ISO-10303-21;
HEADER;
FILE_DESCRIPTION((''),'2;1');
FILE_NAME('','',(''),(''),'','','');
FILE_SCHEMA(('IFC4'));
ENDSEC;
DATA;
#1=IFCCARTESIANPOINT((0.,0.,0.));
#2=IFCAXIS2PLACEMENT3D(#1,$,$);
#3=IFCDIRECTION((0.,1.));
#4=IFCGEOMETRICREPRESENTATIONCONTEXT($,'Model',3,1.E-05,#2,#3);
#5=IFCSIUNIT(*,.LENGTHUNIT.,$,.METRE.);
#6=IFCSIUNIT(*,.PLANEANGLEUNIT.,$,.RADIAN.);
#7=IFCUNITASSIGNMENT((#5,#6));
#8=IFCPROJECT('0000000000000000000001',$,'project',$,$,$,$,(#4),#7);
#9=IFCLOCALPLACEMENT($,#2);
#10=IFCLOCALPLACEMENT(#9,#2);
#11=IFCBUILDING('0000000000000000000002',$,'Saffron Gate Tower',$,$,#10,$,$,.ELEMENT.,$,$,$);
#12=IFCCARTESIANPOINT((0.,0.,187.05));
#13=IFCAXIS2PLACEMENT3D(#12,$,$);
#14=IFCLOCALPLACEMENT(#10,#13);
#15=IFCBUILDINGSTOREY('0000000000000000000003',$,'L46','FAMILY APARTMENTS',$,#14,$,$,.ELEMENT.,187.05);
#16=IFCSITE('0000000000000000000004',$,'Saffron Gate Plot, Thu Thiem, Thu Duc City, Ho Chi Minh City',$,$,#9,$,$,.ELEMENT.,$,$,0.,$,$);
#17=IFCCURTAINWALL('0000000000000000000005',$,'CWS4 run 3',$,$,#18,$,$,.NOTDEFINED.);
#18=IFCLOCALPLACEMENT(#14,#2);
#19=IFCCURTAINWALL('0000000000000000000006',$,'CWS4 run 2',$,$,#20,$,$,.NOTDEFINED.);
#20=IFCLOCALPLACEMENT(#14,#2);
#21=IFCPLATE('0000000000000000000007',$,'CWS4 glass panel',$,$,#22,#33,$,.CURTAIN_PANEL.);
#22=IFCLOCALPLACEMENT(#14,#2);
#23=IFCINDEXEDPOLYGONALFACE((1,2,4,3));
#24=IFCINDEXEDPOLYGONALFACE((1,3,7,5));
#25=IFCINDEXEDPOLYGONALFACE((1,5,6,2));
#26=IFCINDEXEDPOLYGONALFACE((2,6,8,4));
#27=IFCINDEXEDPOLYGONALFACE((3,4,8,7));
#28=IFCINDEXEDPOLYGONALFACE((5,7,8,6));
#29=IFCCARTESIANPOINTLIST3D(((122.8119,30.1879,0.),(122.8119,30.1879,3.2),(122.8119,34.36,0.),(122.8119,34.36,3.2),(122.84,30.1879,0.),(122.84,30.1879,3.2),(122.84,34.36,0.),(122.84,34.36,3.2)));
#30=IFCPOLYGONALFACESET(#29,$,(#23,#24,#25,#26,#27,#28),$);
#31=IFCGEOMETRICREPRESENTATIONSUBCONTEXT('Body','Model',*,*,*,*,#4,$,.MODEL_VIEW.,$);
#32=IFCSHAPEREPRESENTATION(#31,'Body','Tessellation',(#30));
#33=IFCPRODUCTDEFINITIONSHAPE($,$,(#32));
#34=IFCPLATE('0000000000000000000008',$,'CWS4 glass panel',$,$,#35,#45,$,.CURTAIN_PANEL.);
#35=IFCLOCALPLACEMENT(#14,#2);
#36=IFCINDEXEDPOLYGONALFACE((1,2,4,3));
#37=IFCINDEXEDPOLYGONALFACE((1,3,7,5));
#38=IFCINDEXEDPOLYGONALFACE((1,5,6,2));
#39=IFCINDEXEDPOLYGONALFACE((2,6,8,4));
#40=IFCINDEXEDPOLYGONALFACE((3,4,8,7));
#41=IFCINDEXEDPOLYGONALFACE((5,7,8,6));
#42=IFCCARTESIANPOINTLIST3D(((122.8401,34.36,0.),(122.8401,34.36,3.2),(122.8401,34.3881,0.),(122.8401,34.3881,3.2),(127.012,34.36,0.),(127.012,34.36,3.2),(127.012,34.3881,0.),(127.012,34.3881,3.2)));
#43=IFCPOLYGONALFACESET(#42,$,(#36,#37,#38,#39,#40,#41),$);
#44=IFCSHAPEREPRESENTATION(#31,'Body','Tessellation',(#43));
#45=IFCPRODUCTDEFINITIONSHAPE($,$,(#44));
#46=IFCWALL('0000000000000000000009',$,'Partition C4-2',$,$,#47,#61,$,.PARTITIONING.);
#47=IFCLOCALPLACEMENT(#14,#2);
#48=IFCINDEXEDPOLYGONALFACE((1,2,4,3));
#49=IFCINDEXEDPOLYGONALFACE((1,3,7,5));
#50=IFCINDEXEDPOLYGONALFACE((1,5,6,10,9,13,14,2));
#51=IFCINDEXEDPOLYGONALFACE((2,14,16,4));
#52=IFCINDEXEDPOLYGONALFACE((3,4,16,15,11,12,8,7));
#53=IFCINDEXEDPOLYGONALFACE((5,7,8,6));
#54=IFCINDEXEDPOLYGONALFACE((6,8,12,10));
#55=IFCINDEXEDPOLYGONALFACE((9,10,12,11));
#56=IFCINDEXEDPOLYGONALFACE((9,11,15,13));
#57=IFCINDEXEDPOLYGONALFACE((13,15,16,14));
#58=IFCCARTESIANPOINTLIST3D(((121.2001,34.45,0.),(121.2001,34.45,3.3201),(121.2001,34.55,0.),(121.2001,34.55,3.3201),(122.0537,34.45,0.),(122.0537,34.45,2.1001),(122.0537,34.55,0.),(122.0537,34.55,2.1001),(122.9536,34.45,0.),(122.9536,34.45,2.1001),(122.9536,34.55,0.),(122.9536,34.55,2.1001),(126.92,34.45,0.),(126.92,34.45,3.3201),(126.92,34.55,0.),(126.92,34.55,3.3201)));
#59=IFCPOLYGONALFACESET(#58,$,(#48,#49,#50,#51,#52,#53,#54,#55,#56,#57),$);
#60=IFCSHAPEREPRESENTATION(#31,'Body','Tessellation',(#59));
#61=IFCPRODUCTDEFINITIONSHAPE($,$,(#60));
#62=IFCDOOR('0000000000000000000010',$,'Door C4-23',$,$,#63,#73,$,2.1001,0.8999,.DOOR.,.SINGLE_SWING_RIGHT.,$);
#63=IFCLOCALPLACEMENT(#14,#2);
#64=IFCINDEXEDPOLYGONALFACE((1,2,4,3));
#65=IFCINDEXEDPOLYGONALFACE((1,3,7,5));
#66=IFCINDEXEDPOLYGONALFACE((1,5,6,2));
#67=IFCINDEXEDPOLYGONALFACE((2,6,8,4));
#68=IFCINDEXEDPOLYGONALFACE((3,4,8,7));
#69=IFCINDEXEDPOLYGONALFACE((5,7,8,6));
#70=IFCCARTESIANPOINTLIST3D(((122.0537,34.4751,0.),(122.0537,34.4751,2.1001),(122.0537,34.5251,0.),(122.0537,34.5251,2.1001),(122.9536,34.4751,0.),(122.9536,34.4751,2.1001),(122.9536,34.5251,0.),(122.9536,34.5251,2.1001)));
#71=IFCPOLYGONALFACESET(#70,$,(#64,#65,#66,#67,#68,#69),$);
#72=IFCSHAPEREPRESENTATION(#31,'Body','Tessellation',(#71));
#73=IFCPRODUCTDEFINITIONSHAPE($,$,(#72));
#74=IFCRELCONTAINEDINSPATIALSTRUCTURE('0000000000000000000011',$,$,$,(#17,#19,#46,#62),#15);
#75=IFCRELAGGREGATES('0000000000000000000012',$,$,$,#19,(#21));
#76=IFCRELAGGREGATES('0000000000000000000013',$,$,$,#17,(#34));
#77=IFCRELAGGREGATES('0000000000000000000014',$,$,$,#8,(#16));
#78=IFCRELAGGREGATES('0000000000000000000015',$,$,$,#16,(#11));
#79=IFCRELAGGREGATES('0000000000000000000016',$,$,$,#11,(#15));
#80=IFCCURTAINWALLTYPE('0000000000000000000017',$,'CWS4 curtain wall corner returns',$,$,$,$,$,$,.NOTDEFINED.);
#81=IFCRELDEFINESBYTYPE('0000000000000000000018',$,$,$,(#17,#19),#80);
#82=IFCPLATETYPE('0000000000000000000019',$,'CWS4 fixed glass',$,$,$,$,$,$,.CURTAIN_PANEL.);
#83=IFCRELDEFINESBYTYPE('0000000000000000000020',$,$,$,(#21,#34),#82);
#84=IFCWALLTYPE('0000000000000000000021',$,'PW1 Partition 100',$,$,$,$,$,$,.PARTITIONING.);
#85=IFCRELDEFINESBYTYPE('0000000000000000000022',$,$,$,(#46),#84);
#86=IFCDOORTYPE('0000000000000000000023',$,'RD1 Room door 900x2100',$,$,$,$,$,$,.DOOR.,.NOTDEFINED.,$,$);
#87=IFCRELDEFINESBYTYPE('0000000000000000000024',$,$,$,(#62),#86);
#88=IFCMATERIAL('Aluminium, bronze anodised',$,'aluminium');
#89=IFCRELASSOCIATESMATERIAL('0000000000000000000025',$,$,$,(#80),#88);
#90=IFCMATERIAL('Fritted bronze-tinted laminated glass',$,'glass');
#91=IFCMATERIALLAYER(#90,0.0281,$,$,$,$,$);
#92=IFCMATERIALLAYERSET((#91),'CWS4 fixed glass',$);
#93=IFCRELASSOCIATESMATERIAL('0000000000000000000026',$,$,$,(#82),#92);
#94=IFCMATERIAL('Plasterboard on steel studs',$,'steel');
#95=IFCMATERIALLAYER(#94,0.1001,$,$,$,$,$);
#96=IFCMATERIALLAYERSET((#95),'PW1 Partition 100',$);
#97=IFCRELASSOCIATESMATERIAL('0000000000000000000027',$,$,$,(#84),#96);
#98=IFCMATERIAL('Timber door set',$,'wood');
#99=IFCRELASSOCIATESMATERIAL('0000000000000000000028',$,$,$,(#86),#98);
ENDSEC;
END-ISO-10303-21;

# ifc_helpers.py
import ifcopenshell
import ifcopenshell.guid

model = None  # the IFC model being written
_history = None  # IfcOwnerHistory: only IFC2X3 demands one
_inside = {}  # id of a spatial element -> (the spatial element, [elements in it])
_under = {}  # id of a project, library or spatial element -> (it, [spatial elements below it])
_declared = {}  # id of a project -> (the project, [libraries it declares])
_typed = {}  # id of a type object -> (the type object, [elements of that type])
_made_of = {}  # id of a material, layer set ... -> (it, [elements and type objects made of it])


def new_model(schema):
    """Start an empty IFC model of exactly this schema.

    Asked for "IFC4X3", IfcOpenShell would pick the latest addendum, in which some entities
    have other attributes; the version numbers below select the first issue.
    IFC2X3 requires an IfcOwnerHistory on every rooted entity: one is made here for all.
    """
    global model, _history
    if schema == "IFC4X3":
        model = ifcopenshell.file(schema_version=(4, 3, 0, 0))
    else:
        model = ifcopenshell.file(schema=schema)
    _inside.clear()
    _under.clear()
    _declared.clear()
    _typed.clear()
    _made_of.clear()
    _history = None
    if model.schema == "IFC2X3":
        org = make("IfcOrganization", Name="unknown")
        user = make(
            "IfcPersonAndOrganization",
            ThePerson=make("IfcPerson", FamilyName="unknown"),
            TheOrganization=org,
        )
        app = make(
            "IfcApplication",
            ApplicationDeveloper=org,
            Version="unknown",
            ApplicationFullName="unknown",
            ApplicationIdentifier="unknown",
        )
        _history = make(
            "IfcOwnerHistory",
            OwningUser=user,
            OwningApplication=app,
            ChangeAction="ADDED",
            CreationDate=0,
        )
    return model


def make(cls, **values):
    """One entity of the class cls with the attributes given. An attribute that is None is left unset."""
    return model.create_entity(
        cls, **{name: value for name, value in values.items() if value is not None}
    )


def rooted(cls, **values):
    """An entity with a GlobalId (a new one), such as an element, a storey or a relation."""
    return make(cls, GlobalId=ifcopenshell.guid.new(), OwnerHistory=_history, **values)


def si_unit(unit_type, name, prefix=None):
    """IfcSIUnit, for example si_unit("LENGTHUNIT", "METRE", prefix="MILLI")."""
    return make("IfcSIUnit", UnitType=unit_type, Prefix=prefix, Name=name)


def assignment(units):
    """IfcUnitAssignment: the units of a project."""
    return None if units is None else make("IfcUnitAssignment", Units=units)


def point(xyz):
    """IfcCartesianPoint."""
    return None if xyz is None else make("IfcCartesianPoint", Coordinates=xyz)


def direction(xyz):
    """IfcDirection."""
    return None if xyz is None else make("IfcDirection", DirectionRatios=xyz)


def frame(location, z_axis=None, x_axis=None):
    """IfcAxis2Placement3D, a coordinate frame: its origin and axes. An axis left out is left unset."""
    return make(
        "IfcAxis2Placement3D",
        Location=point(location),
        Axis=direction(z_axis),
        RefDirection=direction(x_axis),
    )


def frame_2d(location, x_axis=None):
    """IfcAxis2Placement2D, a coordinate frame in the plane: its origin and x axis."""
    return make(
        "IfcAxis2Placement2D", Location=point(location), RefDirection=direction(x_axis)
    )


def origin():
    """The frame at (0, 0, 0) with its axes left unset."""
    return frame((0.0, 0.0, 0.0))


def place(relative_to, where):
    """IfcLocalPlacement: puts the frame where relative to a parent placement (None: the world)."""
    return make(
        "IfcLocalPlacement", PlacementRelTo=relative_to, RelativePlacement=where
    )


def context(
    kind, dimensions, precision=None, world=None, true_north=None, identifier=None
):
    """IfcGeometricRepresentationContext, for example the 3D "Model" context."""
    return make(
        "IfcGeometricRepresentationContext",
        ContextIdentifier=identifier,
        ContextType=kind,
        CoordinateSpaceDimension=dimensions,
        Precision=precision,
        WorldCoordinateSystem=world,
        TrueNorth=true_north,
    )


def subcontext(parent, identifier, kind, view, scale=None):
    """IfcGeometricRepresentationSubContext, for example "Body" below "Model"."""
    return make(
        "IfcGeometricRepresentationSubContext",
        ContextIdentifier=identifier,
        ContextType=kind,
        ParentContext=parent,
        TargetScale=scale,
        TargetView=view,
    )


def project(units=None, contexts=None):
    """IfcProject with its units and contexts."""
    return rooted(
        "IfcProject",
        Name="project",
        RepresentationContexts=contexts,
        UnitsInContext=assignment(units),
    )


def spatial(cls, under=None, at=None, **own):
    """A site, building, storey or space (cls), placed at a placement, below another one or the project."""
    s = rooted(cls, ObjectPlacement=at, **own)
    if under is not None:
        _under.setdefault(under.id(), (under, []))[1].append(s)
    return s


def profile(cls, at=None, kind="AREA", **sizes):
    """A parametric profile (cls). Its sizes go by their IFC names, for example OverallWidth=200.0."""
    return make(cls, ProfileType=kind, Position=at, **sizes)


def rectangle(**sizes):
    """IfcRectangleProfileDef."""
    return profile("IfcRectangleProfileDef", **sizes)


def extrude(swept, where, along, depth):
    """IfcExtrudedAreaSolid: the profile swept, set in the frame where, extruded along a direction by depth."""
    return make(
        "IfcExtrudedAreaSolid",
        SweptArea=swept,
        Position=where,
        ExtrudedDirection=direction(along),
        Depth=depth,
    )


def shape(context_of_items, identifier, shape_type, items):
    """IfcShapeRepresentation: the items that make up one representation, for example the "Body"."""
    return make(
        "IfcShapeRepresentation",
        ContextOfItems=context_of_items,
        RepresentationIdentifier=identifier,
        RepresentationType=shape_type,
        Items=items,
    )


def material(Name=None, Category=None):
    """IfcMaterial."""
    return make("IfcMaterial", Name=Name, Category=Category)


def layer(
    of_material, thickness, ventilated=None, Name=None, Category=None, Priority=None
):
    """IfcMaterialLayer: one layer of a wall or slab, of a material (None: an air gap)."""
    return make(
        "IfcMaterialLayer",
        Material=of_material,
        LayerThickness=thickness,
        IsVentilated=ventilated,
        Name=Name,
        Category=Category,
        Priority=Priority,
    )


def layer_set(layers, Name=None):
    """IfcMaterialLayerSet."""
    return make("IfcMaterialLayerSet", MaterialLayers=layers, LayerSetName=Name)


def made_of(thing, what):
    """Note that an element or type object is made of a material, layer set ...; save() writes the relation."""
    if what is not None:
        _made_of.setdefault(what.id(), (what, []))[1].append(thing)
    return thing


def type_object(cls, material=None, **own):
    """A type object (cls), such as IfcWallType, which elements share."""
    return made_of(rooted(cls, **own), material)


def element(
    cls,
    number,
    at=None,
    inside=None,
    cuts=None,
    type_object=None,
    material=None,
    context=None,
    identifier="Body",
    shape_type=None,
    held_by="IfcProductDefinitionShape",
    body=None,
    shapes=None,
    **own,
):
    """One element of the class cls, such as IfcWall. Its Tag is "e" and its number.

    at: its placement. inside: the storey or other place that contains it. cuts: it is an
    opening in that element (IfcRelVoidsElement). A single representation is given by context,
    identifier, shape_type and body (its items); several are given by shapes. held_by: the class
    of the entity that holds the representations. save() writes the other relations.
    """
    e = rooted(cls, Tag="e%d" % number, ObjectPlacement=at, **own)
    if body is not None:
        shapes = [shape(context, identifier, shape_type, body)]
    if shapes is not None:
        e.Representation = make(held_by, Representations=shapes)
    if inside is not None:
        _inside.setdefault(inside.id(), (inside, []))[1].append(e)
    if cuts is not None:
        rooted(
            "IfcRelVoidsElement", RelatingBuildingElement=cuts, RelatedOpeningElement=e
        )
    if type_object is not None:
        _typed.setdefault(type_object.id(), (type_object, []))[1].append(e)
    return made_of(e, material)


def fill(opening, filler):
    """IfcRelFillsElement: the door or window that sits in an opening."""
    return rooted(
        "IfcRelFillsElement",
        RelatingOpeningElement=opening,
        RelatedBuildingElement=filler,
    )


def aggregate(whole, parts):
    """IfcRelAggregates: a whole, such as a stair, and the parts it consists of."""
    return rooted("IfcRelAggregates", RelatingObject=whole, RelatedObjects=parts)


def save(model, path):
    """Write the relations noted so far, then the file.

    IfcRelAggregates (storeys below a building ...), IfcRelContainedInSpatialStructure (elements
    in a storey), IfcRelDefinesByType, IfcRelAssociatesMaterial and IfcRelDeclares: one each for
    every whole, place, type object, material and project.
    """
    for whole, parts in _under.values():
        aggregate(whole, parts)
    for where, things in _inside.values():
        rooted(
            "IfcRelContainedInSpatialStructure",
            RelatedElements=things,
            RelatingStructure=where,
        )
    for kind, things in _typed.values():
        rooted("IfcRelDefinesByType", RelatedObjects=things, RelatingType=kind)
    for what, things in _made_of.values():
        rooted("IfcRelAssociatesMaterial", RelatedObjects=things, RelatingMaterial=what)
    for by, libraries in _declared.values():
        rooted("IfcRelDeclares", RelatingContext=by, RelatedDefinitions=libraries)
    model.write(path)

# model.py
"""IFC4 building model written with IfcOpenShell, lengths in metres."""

from ifc_helpers import new_model, si_unit, direction, frame, frame_2d, origin, place, context, subcontext, project, spatial, rectangle, extrude, material, layer, layer_set, type_object, element, fill, aggregate, save


model = new_model("IFC4")

# Units and contexts
model_context = context("Model", 3, precision=1e-05, world=origin(), true_north=direction((0.0, 1.0)))
body_context = subcontext(model_context, "Body", "Model", "MODEL_VIEW")
ifc_project = project(units=[si_unit("LENGTHUNIT", "METRE"), si_unit("PLANEANGLEUNIT", "RADIAN")], contexts=[model_context])

# Site, building, storey
site_placement = place(None, origin())
site = spatial("IfcSite", under=ifc_project, at=site_placement, Name="Saffron Gate Plot, Thu Thiem, Thu Duc City, Ho Chi Minh City", CompositionType="ELEMENT", RefElevation=0.0)
building_placement = place(site_placement, origin())
building = spatial("IfcBuilding", under=site, at=building_placement, Name="Saffron Gate Tower", CompositionType="ELEMENT")
storey_placement = place(building_placement, frame((0.0, 0.0, 187.05)))
storey = spatial("IfcBuildingStorey", under=building, at=storey_placement, Name="L46", Description="FAMILY APARTMENTS", CompositionType="ELEMENT", Elevation=187.05)

# Shared definitions
ifc_material_1 = material(Name="Aluminium, bronze anodised", Category="aluminium")

# Curtain wall
curtain_wall_type_1 = type_object("IfcCurtainWallType", Name="CWS4 curtain wall corner returns", PredefinedType="NOTDEFINED", material=ifc_material_1)
curtain_wall_1_placement = place(storey_placement, origin())
curtain_wall_1 = element("IfcCurtainWall", 1, at=curtain_wall_1_placement, inside=storey, type_object=curtain_wall_type_1, Name="CWS4 run 3", PredefinedType="NOTDEFINED")

# Curtain wall
curtain_wall_2_placement = place(storey_placement, origin())
curtain_wall_2 = element("IfcCurtainWall", 2, at=curtain_wall_2_placement, inside=storey, type_object=curtain_wall_type_1, Name="CWS4 run 2", PredefinedType="NOTDEFINED")

# Shared definitions
ifc_material_2 = material(Name="Fritted bronze-tinted laminated glass", Category="glass")

# Plates
ifc_layer_1 = layer(ifc_material_2, 0.0281)
ifc_layer_set_1 = layer_set([ifc_layer_1], Name="CWS4 fixed glass")
plate_type_1 = type_object("IfcPlateType", Name="CWS4 fixed glass", PredefinedType="CURTAIN_PANEL", material=ifc_layer_set_1)
plate_1_placement = place(storey_placement, frame((122.8259, 30.188, 0.0), z_axis=(0.0, 0.0, 1.0), x_axis=(0.0, 1.0, 0.0)))
plate_1 = element("IfcPlate", 3, at=plate_1_placement, type_object=plate_type_1, Name="CWS4 glass panel", PredefinedType="CURTAIN_PANEL", context=body_context, shape_type="SweptSolid", body=[
    extrude(rectangle(XDim=4.1721, YDim=0.0281, at=frame_2d((2.0859, 0.0))), origin(), (0.0, 0.0, 1.0), 3.2),
])
aggregate(curtain_wall_2, [plate_1])
plate_2_placement = place(storey_placement, frame((122.8401, 34.374, 0.0), z_axis=(0.0, 0.0, 1.0), x_axis=(1.0, 0.0, 0.0)))
plate_2 = element("IfcPlate", 4, at=plate_2_placement, type_object=plate_type_1, Name="CWS4 glass panel", PredefinedType="CURTAIN_PANEL", context=body_context, shape_type="SweptSolid", body=[
    extrude(rectangle(XDim=4.1719, YDim=0.0281, at=frame_2d((2.0859, 0.0))), origin(), (0.0, 0.0, 1.0), 3.2),
])
aggregate(curtain_wall_1, [plate_2])

# Wall, opening, door
ifc_material_3 = material(Name="Plasterboard on steel studs", Category="steel")
ifc_layer_2 = layer(ifc_material_3, 0.1001)
ifc_layer_set_2 = layer_set([ifc_layer_2], Name="PW1 Partition 100")
wall_type = type_object("IfcWallType", Name="PW1 Partition 100", PredefinedType="PARTITIONING", material=ifc_layer_set_2)
wall_placement = place(storey_placement, frame((126.9199, 34.5, 0.0), z_axis=(0.0, 0.0, 1.0), x_axis=(-1.0, 0.0, 0.0)))
wall = element("IfcWall", 5, at=wall_placement, inside=storey, type_object=wall_type, Name="Partition C4-2", PredefinedType="PARTITIONING", context=body_context, shape_type="SweptSolid", body=[
    extrude(rectangle(XDim=5.72, YDim=0.1001, at=frame_2d((2.8599, 0.0))), origin(), (0.0, 0.0, 1.0), 3.3201),
])
opening_1_placement = place(wall_placement, frame((3.9663, 0.0, 0.0)))
opening_1 = element("IfcOpeningElement", 6, at=opening_1_placement, cuts=wall, PredefinedType="OPENING", context=body_context, shape_type="SweptSolid", body=[
    extrude(rectangle(XDim=0.8999, YDim=2.1001, at=frame_2d((0.45, 1.05))), frame((0.0, 0.0601, 0.0), z_axis=(0.0, -1.0, 0.0), x_axis=(1.0, 0.0, 0.0)), (0.0, 0.0, 1.0), 0.1201),
])
ifc_material_4 = material(Name="Timber door set", Category="wood")
door_type = type_object("IfcDoorType", Name="RD1 Room door 900x2100", OperationType="NOTDEFINED", PredefinedType="DOOR", material=ifc_material_4)
door_placement = place(opening_1_placement, origin())
door = element("IfcDoor", 7, at=door_placement, inside=storey, type_object=door_type, Name="Door C4-23", OperationType="SINGLE_SWING_RIGHT", OverallHeight=2.1001, OverallWidth=0.8999, PredefinedType="DOOR", context=body_context, shape_type="SweptSolid", body=[
    extrude(rectangle(XDim=0.8999, YDim=2.1001, at=frame_2d((0.45, 1.05))), frame((0.0, 0.0249, 0.0), z_axis=(0.0, -1.0, 0.0), x_axis=(1.0, 0.0, 0.0)), (0.0, 0.0, 1.0), 0.05),
])
fill(opening_1, door)

save(model, "model.ifc")
